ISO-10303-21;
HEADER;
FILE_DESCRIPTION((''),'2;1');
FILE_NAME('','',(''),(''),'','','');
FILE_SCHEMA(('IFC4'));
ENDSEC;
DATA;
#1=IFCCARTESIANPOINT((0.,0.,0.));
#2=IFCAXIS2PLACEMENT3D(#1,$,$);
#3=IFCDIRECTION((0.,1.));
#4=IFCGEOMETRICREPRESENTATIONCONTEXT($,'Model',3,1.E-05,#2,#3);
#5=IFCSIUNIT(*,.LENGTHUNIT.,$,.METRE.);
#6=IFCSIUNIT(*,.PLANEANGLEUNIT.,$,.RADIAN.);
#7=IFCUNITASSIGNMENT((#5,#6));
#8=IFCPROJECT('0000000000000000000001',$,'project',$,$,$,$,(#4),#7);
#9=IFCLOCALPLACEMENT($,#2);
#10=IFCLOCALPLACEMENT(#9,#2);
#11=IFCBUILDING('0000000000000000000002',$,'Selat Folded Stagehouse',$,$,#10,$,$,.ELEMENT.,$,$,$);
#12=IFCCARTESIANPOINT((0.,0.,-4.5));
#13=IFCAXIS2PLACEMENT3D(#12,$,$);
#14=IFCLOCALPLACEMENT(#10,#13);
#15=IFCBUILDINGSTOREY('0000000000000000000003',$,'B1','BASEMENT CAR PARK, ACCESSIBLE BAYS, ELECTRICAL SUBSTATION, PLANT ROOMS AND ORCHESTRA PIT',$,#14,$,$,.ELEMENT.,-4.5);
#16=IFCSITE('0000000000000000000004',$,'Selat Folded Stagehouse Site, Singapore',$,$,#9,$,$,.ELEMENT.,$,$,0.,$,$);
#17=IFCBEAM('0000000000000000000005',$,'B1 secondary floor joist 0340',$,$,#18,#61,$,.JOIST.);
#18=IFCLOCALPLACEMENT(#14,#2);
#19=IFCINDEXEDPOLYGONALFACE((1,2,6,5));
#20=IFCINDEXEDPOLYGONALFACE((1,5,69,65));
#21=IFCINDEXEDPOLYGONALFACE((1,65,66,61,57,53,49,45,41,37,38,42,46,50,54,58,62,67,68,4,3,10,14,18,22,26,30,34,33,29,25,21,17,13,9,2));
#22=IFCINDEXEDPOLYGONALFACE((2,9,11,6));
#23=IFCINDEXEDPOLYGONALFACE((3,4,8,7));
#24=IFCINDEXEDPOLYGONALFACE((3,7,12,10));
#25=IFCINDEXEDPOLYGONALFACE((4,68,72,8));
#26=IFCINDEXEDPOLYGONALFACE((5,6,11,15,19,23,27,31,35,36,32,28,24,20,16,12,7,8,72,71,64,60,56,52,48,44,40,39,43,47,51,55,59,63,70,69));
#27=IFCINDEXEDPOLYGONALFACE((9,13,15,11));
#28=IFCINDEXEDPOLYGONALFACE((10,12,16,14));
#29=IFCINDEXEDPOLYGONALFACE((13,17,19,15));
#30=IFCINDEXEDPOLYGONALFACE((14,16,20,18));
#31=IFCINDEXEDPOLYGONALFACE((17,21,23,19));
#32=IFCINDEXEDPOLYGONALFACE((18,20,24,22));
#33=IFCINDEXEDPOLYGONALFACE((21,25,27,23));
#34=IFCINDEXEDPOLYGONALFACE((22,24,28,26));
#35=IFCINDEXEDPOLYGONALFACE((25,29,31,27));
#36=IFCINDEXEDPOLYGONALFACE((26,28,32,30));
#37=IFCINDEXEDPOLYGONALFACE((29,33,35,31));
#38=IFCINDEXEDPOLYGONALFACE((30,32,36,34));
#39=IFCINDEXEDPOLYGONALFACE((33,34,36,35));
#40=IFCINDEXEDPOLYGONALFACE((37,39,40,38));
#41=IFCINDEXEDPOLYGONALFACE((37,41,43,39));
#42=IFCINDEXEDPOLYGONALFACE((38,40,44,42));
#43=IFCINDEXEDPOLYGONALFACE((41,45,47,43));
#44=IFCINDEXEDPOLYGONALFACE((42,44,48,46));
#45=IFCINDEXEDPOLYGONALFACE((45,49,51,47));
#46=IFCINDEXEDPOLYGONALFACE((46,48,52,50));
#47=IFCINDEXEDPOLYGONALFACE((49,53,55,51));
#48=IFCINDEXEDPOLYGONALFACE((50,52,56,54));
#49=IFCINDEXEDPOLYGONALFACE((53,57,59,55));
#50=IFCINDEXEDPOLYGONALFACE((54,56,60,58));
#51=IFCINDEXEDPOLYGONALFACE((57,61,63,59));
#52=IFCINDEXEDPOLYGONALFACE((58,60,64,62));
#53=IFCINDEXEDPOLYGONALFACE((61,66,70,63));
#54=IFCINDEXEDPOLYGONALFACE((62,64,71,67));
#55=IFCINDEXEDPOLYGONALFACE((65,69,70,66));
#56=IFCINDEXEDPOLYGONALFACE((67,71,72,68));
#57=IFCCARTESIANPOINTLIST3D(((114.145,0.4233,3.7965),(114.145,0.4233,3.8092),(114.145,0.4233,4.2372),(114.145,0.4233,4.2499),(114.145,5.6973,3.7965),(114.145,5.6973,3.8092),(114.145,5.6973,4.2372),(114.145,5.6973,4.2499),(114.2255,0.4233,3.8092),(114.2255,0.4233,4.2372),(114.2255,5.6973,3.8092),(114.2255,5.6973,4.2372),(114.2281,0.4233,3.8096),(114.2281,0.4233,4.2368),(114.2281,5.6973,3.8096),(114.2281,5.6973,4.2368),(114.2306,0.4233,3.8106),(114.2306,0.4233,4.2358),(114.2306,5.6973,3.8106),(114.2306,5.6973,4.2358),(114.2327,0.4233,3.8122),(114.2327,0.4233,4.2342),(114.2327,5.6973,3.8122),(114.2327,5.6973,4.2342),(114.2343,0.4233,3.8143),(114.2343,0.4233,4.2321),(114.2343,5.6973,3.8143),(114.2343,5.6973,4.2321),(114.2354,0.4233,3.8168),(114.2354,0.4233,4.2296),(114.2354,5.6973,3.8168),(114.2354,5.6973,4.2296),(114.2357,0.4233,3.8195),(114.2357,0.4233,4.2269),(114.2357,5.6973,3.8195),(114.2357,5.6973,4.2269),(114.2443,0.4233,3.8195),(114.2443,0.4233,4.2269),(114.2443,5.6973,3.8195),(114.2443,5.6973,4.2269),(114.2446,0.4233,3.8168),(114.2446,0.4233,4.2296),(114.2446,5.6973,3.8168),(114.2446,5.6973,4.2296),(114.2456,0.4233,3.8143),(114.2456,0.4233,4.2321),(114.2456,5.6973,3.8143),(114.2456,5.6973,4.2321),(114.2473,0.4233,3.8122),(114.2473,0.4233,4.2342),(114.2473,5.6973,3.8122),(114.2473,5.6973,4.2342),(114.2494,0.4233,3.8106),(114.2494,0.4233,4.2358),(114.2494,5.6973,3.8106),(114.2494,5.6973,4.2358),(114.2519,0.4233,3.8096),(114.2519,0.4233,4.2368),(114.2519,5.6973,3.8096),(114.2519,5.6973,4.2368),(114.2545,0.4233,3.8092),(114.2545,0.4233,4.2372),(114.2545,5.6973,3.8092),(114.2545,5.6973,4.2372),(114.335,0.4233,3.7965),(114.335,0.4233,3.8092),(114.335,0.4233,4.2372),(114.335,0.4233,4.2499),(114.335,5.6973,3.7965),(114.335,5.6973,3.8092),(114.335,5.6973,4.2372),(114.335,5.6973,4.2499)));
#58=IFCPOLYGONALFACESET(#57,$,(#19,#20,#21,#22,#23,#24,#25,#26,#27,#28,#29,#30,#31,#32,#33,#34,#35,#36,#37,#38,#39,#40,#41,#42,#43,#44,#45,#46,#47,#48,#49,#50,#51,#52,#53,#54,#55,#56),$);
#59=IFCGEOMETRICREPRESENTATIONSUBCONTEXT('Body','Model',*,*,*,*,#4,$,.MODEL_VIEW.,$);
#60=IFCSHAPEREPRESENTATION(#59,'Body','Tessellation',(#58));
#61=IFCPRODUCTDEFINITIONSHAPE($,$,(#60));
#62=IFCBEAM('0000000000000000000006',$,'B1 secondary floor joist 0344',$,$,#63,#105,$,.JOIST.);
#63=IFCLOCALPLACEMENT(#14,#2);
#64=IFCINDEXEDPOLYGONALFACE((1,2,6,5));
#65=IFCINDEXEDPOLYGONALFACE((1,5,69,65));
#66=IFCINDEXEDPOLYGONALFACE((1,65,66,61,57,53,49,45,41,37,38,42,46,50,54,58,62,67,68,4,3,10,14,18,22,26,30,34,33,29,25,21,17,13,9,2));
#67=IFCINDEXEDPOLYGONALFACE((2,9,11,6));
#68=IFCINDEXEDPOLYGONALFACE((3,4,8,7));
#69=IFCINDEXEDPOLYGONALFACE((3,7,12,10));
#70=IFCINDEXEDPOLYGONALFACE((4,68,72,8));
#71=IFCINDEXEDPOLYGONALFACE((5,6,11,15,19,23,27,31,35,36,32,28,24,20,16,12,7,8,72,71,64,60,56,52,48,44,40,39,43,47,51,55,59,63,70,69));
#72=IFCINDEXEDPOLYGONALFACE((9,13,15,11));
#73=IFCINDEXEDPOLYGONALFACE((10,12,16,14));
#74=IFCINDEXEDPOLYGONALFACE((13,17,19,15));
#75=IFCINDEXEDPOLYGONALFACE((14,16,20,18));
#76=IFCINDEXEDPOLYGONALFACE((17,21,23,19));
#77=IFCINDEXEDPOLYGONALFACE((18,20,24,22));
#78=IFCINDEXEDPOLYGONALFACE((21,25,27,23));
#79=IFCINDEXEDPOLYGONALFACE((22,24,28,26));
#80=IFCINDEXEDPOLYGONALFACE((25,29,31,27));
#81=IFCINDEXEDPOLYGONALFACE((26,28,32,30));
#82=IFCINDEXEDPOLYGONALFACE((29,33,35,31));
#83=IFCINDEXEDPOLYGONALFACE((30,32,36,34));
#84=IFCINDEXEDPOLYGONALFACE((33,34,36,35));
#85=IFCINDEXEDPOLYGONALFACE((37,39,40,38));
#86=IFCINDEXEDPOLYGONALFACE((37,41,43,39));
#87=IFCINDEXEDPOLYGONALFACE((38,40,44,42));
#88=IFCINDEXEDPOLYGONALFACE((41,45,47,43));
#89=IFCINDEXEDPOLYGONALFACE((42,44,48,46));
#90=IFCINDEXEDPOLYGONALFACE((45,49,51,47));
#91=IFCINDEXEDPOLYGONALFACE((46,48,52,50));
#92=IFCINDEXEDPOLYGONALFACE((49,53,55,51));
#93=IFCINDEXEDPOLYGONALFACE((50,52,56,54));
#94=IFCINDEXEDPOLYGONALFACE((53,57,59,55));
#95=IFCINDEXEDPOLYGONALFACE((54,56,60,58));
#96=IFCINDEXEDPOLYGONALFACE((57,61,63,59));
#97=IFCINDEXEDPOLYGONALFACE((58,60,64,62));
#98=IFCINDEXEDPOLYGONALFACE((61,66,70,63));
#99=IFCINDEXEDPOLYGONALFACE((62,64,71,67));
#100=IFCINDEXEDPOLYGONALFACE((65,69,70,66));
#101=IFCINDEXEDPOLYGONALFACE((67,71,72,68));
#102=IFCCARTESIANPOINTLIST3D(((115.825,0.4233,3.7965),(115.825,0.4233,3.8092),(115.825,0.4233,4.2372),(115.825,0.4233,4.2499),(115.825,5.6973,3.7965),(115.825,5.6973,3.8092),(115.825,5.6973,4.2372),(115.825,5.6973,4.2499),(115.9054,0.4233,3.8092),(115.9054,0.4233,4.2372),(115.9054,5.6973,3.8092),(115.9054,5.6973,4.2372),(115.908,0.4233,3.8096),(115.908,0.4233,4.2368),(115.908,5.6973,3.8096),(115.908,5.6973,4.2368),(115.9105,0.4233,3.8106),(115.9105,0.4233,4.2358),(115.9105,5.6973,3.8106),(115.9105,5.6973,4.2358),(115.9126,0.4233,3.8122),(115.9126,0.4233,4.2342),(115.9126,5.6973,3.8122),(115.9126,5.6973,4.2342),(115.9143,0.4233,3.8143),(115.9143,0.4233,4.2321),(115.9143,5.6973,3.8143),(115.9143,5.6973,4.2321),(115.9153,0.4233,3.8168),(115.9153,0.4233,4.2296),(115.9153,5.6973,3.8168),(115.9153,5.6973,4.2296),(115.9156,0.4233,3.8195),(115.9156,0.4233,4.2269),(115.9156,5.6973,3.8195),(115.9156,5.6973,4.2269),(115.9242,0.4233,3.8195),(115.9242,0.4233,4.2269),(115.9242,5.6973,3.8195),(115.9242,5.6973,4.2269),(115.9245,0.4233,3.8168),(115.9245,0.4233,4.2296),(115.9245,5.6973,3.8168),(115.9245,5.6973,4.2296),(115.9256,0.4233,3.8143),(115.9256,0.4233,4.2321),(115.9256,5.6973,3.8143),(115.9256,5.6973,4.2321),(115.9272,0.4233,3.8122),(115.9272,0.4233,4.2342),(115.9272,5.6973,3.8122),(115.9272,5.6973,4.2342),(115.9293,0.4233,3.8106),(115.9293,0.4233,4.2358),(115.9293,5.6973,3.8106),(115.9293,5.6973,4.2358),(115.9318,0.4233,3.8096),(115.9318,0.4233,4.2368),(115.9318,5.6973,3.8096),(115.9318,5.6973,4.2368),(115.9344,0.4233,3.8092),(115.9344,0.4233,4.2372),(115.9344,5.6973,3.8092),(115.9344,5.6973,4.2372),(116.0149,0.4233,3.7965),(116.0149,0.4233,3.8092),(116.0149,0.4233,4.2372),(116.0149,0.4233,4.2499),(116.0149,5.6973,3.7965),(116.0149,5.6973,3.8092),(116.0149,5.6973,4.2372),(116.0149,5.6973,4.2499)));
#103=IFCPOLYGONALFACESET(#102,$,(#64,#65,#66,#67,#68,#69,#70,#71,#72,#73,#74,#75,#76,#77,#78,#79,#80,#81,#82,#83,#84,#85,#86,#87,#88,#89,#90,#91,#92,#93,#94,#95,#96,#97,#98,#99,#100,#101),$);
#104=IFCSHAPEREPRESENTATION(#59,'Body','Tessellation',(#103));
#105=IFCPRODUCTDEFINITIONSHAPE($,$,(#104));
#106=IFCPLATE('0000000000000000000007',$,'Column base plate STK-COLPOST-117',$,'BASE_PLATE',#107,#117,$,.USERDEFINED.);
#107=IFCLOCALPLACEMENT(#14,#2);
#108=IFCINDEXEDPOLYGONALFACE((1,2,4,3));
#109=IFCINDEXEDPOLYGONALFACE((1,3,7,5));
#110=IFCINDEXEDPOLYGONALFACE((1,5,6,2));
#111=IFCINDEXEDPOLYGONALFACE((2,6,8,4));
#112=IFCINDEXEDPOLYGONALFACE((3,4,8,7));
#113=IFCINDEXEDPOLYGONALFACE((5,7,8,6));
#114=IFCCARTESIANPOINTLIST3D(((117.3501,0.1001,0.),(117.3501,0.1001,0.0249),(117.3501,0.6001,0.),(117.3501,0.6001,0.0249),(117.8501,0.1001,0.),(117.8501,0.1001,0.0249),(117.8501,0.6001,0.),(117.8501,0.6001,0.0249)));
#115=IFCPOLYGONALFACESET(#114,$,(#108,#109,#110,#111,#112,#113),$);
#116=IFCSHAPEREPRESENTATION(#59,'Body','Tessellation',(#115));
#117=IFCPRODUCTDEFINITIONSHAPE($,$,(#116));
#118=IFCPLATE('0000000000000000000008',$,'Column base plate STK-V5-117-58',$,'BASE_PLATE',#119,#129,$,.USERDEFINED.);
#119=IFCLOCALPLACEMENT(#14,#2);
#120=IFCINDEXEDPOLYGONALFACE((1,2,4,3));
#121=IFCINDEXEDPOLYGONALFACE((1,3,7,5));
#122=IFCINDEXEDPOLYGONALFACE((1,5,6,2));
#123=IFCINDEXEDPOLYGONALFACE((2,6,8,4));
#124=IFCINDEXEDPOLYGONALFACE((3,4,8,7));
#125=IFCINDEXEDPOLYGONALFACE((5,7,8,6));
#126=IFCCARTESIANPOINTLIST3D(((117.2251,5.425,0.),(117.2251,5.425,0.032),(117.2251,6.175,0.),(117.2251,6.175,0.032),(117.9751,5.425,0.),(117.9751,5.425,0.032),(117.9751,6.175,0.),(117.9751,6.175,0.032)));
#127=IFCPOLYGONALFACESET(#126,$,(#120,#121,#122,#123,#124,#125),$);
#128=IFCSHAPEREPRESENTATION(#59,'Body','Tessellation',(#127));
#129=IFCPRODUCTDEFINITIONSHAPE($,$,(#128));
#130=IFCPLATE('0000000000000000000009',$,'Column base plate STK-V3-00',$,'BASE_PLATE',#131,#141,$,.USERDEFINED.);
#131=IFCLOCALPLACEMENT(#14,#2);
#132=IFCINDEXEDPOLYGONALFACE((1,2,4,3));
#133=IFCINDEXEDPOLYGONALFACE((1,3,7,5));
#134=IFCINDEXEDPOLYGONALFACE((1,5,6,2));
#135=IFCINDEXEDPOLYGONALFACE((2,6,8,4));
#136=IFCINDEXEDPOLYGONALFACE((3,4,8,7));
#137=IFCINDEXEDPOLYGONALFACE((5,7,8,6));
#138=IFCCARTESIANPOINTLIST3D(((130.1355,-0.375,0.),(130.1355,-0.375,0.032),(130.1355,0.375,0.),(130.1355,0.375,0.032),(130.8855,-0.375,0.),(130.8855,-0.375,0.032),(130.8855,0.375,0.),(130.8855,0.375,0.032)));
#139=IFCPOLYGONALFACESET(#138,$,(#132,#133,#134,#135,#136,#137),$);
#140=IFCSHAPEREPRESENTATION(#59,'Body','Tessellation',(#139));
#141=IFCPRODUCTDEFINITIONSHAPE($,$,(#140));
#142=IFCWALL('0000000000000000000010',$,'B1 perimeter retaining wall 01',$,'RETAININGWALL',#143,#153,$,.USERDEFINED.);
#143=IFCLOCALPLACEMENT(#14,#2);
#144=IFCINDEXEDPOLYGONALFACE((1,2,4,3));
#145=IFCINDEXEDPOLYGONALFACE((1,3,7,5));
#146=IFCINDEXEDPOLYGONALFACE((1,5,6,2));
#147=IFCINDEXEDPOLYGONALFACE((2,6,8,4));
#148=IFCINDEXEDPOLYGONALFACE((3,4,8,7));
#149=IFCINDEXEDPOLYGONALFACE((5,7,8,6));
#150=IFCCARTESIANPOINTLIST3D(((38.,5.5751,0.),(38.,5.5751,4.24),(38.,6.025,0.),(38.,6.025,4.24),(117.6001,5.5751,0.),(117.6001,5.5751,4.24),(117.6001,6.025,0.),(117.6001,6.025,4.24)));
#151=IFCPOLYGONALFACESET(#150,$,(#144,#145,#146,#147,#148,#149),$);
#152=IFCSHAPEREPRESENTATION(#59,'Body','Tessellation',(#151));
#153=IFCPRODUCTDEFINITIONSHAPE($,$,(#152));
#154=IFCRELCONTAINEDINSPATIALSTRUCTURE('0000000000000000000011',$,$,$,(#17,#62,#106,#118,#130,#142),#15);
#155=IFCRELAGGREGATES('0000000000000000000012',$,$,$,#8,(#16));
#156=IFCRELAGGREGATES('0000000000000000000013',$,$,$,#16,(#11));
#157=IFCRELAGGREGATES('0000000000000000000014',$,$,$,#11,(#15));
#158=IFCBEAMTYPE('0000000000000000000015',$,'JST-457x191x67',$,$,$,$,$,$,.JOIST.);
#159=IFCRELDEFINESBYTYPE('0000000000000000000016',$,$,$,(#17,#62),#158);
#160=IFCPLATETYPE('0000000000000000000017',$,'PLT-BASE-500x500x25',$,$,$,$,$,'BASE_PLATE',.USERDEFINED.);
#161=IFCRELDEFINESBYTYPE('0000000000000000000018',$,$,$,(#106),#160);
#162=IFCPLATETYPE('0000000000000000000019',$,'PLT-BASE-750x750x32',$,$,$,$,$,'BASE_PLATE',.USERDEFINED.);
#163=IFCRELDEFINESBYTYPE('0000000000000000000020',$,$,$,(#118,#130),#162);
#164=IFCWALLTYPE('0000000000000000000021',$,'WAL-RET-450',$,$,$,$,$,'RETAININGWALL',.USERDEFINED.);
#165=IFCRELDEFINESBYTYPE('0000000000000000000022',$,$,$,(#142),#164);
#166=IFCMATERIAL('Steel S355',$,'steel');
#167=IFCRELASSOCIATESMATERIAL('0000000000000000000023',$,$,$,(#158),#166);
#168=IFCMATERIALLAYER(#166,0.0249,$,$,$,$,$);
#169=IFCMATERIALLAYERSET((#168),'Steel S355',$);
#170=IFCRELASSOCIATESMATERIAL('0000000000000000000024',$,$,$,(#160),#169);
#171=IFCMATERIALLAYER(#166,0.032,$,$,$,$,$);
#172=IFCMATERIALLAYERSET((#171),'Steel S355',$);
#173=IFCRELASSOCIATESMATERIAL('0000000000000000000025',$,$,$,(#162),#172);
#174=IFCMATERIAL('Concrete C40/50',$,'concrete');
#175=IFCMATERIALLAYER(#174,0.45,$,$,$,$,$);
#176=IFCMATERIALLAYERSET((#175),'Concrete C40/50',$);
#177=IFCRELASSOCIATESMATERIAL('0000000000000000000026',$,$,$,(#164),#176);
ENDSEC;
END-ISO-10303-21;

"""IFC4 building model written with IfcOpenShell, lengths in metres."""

from ifc_helpers import new_model, si_unit, direction, frame, frame_2d, origin, origin_2d, place, context, subcontext, project, spatial, rectangle, i_section, extrude, material, layer, layer_set, material_profile, profile_set, type_object, element, save


model = new_model("IFC4")

# Units and contexts
model_context = context("Model", 3, precision=1e-05, world=origin(), true_north=direction((0.0, 1.0)))
body_context = subcontext(model_context, "Body", "Model", "MODEL_VIEW")
ifc_project = project(units=[si_unit("LENGTHUNIT", "METRE"), si_unit("PLANEANGLEUNIT", "RADIAN")], contexts=[model_context])

# Site, building, storey
site_placement = place(None, origin())
site = spatial("IfcSite", under=ifc_project, at=site_placement, Name="Selat Folded Stagehouse Site, Singapore", CompositionType="ELEMENT", RefElevation=0.0)
building_placement = place(site_placement, origin())
building = spatial("IfcBuilding", under=site, at=building_placement, Name="Selat Folded Stagehouse", CompositionType="ELEMENT")
storey_placement = place(building_placement, frame((0.0, 0.0, -4.5)))
storey = spatial("IfcBuildingStorey", under=building, at=storey_placement, Name="B1", Description="BASEMENT CAR PARK, ACCESSIBLE BAYS, ELECTRICAL SUBSTATION, PLANT ROOMS AND ORCHESTRA PIT", CompositionType="ELEMENT", Elevation=-4.5)

# Shared definitions
ifc_material_1 = material(Name="Concrete C40/50", Category="concrete")

# Shared definitions
ifc_material_2 = material(Name="Steel S355", Category="steel")

# Beams
ifc_material_profile_1 = material_profile(ifc_material_2, i_section(OverallWidth=0.1899, OverallDepth=0.4534, WebThickness=0.0085, FlangeThickness=0.0127, FilletRadius=0.0103, at=origin_2d()), Name="UKB 457x191x67")
ifc_profile_set_1 = profile_set([ifc_material_profile_1], Name="Steel S355")
beam_type_1 = type_object("IfcBeamType", Name="JST-457x191x67", PredefinedType="JOIST", material=ifc_profile_set_1)
for number, where, z_axis, x_axis, name in (
    (1, (114.24, 0.4233, 4.0232), (0.0, 1.0, 0.0), (-1.0, 0.0, 0.0), "B1 secondary floor joist 0340"),
    (2, (115.9199, 0.4233, 4.0232), (0.0, 1.0, 0.0), (-1.0, 0.0, 0.0), "B1 secondary floor joist 0344"),
):
    element("IfcBeam", number, at=place(storey_placement, frame(where, z_axis=z_axis, x_axis=x_axis)), inside=storey, type_object=beam_type_1, Name=name, PredefinedType="JOIST", context=body_context, shape_type="SweptSolid", body=[
        extrude(i_section(OverallWidth=0.1899, OverallDepth=0.4534, WebThickness=0.0085, FlangeThickness=0.0127, FilletRadius=0.0103, at=origin_2d()), origin(), (0.0, 0.0, 1.0), 5.2739),
    ])

# Plates
ifc_layer_1 = layer(ifc_material_2, 0.0249)
ifc_layer_set_1 = layer_set([ifc_layer_1], Name="Steel S355")
plate_type_1 = type_object("IfcPlateType", Name="PLT-BASE-500x500x25", ElementType="BASE_PLATE", PredefinedType="USERDEFINED", material=ifc_layer_set_1)
plate_placement = place(storey_placement, frame((117.6001, 0.3501, 0.0), z_axis=(0.0, 0.0, 1.0), x_axis=(1.0, 0.0, 0.0)))
element("IfcPlate", 3, at=plate_placement, inside=storey, type_object=plate_type_1, Name="Column base plate STK-COLPOST-117", ObjectType="BASE_PLATE", PredefinedType="USERDEFINED", context=body_context, shape_type="SweptSolid", body=[
    extrude(rectangle(XDim=0.5, YDim=0.5, at=origin_2d()), origin(), (0.0, 0.0, 1.0), 0.0249),
])
ifc_layer_2 = layer(ifc_material_2, 0.032)
ifc_layer_set_2 = layer_set([ifc_layer_2], Name="Steel S355")
plate_type_2 = type_object("IfcPlateType", Name="PLT-BASE-750x750x32", ElementType="BASE_PLATE", PredefinedType="USERDEFINED", material=ifc_layer_set_2)
for number, where, z_axis, x_axis, name in (
    (4, (117.6001, 5.8, 0.0), (0.0, 0.0, 1.0), (1.0, 0.0, 0.0), "Column base plate STK-V5-117-58"),
    (5, (130.5105, 0.0, 0.0), (0.0, 0.0, 1.0), (1.0, 0.0, 0.0), "Column base plate STK-V3-00"),
):
    element("IfcPlate", number, at=place(storey_placement, frame(where, z_axis=z_axis, x_axis=x_axis)), inside=storey, type_object=plate_type_2, Name=name, ObjectType="BASE_PLATE", PredefinedType="USERDEFINED", context=body_context, shape_type="SweptSolid", body=[
        extrude(rectangle(XDim=0.75, YDim=0.75, at=origin_2d()), origin(), (0.0, 0.0, 1.0), 0.032),
    ])

# Wall
ifc_layer_3 = layer(ifc_material_1, 0.45)
ifc_layer_set_3 = layer_set([ifc_layer_3], Name="Concrete C40/50")
wall_type = type_object("IfcWallType", Name="WAL-RET-450", ElementType="RETAININGWALL", PredefinedType="USERDEFINED", material=ifc_layer_set_3)
wall_placement = place(storey_placement, frame((117.6001, 5.8, 0.0), z_axis=(0.0, 0.0, 1.0), x_axis=(-1.0, 0.0, 0.0)))
element("IfcWall", 6, at=wall_placement, inside=storey, type_object=wall_type, Name="B1 perimeter retaining wall 01", ObjectType="RETAININGWALL", PredefinedType="USERDEFINED", context=body_context, shape_type="SweptSolid", body=[
    extrude(rectangle(XDim=79.6001, YDim=0.45, at=frame_2d((39.8, 0.0))), origin(), (0.0, 0.0, 1.0), 4.24),
])

save(model, "model.ifc")
